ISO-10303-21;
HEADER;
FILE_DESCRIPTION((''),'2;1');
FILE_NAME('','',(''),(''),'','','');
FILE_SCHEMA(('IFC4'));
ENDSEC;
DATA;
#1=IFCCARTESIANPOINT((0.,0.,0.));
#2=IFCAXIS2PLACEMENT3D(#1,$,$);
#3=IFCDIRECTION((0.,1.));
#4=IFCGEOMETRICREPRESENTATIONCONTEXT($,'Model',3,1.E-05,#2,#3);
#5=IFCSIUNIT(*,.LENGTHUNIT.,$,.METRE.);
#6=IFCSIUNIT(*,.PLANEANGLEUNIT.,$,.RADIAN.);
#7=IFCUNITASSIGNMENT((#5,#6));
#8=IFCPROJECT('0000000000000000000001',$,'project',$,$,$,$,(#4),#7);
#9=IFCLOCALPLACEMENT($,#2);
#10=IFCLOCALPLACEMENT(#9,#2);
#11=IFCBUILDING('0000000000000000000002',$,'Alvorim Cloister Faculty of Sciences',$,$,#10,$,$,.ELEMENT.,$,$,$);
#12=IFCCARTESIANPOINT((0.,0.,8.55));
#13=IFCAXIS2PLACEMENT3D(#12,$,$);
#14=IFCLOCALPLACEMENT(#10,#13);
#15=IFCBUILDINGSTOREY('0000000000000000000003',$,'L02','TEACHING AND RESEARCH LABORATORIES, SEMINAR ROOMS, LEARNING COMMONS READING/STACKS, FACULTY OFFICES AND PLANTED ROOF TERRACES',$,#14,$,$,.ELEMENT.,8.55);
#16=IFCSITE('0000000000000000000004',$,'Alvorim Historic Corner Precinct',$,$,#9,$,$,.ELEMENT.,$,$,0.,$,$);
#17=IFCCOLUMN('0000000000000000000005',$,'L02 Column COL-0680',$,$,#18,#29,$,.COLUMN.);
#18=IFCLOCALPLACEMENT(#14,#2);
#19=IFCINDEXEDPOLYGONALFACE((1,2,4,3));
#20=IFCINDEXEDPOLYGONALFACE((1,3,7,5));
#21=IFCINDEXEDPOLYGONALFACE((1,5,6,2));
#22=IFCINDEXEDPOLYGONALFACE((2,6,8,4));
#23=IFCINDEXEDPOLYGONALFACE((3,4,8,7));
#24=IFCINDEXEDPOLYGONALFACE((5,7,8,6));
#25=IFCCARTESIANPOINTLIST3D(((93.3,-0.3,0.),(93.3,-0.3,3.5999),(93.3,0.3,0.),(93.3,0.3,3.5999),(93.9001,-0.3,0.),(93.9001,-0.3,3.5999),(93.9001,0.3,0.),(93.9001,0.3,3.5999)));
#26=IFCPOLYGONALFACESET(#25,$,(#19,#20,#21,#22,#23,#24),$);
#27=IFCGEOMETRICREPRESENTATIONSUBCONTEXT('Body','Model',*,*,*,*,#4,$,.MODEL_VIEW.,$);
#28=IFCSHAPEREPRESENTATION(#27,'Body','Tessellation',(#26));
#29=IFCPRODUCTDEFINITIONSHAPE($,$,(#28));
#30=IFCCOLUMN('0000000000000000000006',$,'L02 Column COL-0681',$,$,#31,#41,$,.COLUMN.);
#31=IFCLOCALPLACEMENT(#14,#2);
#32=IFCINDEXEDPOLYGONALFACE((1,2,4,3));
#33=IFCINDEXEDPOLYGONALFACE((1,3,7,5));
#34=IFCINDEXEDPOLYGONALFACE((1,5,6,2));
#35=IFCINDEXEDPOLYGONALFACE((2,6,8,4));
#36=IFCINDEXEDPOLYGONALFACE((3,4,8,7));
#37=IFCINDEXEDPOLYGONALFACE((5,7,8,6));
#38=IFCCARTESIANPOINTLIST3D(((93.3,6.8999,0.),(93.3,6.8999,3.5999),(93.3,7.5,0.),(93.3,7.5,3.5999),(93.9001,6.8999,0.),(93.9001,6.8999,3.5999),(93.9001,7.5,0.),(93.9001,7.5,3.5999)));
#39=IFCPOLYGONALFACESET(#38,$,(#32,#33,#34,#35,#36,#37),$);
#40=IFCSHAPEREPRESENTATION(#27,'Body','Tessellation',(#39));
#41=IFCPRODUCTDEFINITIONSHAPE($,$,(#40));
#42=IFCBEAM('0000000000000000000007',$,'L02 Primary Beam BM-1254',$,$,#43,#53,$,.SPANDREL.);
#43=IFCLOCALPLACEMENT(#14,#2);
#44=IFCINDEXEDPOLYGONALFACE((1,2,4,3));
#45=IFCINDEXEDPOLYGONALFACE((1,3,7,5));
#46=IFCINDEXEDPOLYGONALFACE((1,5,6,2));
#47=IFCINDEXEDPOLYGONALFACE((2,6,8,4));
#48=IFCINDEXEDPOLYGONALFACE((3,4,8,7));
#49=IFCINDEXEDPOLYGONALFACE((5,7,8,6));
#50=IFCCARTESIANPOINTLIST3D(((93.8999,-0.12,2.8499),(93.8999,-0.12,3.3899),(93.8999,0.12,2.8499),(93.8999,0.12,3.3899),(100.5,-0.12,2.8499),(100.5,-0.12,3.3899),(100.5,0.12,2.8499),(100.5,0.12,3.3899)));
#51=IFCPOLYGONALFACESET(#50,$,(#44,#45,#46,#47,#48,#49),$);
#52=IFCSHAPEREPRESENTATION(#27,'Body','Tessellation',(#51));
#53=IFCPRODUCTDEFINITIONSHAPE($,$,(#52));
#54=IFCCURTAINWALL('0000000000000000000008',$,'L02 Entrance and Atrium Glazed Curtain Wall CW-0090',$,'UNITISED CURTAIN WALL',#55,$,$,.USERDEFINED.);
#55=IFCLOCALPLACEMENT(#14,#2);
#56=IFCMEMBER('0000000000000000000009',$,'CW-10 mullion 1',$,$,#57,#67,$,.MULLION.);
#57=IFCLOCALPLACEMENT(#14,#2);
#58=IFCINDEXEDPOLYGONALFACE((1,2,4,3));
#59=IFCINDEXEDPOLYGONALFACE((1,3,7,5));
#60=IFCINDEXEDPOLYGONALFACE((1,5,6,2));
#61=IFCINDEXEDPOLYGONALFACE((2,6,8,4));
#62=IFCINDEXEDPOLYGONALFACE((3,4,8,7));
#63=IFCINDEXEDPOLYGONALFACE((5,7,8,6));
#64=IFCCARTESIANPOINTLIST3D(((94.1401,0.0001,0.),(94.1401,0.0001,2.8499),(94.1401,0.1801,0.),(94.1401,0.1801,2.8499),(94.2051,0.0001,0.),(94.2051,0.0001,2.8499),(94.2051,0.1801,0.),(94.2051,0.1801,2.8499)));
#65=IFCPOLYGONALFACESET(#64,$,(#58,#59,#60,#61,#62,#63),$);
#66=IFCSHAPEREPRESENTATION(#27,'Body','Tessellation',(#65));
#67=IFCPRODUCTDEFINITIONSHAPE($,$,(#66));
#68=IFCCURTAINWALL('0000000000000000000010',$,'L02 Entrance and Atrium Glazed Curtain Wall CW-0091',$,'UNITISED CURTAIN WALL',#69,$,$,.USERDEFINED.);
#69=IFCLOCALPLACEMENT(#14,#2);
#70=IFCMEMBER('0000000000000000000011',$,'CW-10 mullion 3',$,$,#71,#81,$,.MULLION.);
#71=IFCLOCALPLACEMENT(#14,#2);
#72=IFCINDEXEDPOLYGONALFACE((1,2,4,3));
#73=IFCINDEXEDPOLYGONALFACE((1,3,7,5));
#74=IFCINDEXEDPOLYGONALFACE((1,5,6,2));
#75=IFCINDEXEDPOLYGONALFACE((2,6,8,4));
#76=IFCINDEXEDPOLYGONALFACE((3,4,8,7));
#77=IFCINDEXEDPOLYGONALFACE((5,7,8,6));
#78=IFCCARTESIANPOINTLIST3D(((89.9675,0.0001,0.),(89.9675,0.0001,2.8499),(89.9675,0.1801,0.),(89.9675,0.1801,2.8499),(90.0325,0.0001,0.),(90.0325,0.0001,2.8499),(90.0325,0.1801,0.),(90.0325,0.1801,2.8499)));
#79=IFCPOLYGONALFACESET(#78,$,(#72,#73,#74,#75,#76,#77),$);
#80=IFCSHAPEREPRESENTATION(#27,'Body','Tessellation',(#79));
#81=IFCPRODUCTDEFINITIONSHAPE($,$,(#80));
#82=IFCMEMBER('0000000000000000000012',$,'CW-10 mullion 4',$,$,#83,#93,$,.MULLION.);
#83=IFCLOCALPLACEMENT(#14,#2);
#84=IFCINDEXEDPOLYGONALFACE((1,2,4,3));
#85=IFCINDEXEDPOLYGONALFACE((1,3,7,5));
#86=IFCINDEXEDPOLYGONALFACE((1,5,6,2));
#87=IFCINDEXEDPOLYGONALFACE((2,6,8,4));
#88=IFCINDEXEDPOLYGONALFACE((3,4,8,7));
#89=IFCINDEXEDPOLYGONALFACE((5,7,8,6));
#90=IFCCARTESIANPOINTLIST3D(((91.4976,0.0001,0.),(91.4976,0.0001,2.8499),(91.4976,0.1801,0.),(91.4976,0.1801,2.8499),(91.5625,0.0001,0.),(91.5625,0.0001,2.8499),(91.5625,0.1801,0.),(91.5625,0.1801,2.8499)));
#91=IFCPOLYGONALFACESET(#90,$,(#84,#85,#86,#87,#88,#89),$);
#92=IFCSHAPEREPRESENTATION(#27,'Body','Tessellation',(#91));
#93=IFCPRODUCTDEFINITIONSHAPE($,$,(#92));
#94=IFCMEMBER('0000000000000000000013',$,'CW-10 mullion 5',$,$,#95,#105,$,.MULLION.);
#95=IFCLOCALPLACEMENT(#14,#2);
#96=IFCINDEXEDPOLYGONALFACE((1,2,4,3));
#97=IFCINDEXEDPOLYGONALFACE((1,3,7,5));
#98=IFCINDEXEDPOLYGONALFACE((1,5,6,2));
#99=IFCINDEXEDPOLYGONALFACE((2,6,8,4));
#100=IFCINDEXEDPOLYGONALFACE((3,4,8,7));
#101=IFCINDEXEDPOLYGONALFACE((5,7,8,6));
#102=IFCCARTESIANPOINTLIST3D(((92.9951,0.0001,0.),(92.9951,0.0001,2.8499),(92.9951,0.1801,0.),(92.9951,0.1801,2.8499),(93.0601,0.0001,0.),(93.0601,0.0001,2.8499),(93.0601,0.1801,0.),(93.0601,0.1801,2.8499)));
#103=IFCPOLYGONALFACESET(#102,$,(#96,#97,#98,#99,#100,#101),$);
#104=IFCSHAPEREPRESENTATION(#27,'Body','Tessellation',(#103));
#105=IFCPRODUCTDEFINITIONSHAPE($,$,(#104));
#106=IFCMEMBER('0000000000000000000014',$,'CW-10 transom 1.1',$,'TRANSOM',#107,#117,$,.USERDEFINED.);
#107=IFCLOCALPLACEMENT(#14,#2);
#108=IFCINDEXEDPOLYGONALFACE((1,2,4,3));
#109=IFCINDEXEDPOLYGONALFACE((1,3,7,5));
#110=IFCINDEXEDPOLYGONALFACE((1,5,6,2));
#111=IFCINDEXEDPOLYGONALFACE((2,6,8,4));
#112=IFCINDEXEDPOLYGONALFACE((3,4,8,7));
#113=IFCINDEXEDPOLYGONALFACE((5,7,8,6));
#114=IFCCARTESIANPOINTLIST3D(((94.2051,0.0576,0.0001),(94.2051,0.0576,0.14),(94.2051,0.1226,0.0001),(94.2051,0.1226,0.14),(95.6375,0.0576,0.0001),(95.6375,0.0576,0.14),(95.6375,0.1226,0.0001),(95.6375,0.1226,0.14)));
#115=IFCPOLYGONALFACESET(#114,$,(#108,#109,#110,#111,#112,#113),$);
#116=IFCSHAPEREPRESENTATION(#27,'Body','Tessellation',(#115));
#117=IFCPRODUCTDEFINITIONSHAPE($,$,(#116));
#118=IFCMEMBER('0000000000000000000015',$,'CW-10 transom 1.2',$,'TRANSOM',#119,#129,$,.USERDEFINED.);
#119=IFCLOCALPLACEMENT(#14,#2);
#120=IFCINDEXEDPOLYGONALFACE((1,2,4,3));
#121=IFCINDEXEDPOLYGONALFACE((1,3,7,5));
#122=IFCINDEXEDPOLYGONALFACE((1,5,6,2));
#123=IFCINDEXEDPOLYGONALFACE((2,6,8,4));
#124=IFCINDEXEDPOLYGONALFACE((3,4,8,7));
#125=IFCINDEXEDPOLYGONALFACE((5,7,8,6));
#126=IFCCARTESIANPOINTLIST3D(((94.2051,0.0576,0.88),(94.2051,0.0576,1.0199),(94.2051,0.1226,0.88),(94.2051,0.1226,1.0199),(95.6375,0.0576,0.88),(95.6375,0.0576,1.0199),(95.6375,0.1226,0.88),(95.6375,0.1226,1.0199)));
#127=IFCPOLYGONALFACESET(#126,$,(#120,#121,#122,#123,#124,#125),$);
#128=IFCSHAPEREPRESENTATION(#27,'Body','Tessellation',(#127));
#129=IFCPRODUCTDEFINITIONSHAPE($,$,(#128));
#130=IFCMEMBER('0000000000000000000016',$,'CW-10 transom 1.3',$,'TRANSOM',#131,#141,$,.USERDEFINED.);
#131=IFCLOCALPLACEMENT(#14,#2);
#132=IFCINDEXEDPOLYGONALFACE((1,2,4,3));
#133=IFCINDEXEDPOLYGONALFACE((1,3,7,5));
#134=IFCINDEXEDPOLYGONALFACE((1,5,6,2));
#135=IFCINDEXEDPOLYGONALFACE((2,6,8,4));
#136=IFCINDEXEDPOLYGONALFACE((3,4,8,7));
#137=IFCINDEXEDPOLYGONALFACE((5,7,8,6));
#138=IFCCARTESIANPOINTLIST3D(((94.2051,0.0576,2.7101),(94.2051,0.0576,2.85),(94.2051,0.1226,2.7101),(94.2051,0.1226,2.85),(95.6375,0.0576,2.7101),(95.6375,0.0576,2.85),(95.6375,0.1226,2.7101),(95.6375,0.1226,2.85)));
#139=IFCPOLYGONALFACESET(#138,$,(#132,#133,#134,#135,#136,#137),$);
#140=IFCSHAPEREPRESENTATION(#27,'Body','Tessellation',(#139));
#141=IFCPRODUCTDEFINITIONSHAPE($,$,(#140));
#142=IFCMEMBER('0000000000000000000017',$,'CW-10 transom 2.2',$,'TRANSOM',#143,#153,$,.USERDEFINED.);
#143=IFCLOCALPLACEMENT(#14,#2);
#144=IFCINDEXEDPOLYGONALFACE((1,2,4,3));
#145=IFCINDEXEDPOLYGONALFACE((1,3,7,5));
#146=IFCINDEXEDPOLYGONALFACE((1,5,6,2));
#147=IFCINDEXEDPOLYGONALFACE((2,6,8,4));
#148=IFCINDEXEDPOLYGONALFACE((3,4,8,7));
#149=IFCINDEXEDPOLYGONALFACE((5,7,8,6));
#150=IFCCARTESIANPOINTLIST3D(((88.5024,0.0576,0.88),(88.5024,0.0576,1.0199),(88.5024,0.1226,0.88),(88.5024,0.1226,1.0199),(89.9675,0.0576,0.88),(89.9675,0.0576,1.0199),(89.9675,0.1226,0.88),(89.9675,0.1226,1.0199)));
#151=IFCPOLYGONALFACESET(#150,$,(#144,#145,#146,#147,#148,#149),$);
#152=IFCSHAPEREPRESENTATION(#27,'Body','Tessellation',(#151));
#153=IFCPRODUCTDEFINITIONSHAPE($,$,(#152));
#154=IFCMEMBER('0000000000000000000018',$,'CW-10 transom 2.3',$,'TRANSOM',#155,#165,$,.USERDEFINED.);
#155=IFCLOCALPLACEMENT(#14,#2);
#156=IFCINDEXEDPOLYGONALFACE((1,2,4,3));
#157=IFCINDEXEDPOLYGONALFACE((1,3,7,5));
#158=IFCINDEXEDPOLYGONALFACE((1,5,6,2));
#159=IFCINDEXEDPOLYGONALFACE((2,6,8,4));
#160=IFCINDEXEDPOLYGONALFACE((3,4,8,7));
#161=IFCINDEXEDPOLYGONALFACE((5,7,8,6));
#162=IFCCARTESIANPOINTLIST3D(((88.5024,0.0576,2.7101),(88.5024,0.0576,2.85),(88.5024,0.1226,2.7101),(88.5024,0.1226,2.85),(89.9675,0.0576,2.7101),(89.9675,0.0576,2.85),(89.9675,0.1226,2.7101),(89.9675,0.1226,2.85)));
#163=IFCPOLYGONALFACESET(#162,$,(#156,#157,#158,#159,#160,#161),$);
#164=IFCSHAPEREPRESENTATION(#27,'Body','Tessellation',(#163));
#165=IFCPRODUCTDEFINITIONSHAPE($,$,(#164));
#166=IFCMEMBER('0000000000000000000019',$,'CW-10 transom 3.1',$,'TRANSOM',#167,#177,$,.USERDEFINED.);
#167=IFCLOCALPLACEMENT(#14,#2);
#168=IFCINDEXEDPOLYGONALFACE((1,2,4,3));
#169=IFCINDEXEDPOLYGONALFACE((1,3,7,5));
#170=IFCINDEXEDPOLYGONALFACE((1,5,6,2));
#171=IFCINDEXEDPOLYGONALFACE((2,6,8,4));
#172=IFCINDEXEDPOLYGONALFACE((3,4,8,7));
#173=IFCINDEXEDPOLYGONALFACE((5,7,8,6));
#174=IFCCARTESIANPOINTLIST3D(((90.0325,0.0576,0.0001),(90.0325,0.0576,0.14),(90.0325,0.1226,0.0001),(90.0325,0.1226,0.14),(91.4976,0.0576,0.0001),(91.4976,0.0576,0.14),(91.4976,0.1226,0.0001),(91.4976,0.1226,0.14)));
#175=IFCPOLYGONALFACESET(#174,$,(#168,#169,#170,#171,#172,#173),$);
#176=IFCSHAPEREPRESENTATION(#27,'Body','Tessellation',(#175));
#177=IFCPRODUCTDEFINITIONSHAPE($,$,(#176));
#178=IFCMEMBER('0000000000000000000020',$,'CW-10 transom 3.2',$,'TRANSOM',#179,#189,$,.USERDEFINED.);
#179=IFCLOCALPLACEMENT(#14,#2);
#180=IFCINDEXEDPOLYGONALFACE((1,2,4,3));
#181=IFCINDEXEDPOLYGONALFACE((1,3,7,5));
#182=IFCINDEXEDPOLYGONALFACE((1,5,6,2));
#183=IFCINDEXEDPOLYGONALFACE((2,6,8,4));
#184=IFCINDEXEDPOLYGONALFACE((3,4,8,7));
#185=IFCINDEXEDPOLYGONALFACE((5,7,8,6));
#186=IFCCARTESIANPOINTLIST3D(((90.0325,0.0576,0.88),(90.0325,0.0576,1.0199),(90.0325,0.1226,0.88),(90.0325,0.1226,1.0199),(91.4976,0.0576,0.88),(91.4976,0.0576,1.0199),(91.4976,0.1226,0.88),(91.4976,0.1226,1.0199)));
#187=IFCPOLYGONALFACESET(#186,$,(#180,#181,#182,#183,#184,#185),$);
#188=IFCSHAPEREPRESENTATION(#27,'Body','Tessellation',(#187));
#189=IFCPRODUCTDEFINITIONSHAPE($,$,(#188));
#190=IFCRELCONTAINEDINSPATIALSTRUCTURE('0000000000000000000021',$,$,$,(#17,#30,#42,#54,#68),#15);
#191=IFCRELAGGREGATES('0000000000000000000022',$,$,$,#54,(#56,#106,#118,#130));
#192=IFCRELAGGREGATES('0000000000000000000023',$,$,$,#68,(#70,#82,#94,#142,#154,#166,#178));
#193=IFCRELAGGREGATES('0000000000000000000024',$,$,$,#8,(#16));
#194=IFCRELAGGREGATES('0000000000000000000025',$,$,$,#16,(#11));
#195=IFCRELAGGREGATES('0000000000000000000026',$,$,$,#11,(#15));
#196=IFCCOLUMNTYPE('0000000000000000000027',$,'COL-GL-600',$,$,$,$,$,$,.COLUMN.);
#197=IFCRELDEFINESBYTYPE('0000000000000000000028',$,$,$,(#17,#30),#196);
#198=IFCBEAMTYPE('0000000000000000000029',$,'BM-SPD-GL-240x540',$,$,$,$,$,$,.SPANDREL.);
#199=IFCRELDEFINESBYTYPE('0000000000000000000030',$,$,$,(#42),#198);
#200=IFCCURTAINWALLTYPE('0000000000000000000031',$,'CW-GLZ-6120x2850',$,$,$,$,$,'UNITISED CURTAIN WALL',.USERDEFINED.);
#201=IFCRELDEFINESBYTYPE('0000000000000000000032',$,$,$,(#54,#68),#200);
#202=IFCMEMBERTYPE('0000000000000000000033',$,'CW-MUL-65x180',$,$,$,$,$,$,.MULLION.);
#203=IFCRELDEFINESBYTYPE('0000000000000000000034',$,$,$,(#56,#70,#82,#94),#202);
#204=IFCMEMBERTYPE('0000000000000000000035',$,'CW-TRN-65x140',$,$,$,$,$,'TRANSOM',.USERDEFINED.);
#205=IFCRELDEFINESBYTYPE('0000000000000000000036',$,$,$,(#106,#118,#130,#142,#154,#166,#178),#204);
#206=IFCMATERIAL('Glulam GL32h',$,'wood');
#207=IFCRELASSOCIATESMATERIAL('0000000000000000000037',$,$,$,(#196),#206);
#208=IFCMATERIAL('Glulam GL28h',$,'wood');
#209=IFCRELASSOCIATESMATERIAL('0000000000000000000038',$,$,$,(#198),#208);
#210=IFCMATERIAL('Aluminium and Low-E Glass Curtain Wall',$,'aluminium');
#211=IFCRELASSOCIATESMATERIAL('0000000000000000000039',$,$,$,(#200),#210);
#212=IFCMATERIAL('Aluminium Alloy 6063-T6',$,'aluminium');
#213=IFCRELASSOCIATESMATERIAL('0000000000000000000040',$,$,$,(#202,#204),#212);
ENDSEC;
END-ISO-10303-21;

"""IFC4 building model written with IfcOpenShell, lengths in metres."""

from ifc_helpers import new_model, si_unit, direction, frame, origin, origin_2d, place, context, subcontext, project, spatial, rectangle, extrude, material, material_profile, profile_set, type_object, element, aggregate, save


model = new_model("IFC4")

# Units and contexts
model_context = context("Model", 3, precision=1e-05, world=origin(), true_north=direction((0.0, 1.0)))
body_context = subcontext(model_context, "Body", "Model", "MODEL_VIEW")
ifc_project = project(units=[si_unit("LENGTHUNIT", "METRE"), si_unit("PLANEANGLEUNIT", "RADIAN")], contexts=[model_context])

# Site, building, storey
site_placement = place(None, origin())
site = spatial("IfcSite", under=ifc_project, at=site_placement, Name="Alvorim Historic Corner Precinct", CompositionType="ELEMENT", RefElevation=0.0)
building_placement = place(site_placement, origin())
building = spatial("IfcBuilding", under=site, at=building_placement, Name="Alvorim Cloister Faculty of Sciences", CompositionType="ELEMENT")
storey_placement = place(building_placement, frame((0.0, 0.0, 8.55)))
storey = spatial("IfcBuildingStorey", under=building, at=storey_placement, Name="L02", Description="TEACHING AND RESEARCH LABORATORIES, SEMINAR ROOMS, LEARNING COMMONS READING/STACKS, FACULTY OFFICES AND PLANTED ROOF TERRACES", CompositionType="ELEMENT", Elevation=8.55)

# Columns
ifc_material_1 = material(Name="Glulam GL32h", Category="wood")
ifc_material_profile_1 = material_profile(ifc_material_1, rectangle(XDim=0.6001, YDim=0.6001, at=origin_2d()), Name="GL32-COL-600x600")
ifc_profile_set_1 = profile_set([ifc_material_profile_1], Name="Glulam GL32h")
column_type = type_object("IfcColumnType", Name="COL-GL-600", PredefinedType="COLUMN", material=ifc_profile_set_1)
for number, where, z_axis, x_axis, name in (
    (1, (93.6001, 0.0, 0.0), (0.0, 0.0, 1.0), (1.0, 0.0, 0.0), "L02 Column COL-0680"),
    (2, (93.6001, 7.2, 0.0), (0.0, 0.0, 1.0), (1.0, 0.0, 0.0), "L02 Column COL-0681"),
):
    element("IfcColumn", number, at=place(storey_placement, frame(where, z_axis=z_axis, x_axis=x_axis)), inside=storey, type_object=column_type, Name=name, PredefinedType="COLUMN", context=body_context, shape_type="SweptSolid", body=[
        extrude(rectangle(XDim=0.6001, YDim=0.6001, at=origin_2d()), origin(), (0.0, 0.0, 1.0), 3.5999),
    ])

# Beam
ifc_material_2 = material(Name="Glulam GL28h", Category="wood")
ifc_material_profile_2 = material_profile(ifc_material_2, rectangle(XDim=0.24, YDim=0.54, at=origin_2d()), Name="GL28-SPD-240x540")
ifc_profile_set_2 = profile_set([ifc_material_profile_2], Name="Glulam GL28h")
beam_type = type_object("IfcBeamType", Name="BM-SPD-GL-240x540", PredefinedType="SPANDREL", material=ifc_profile_set_2)
beam_placement = place(storey_placement, frame((93.8999, 0.0, 3.1199), z_axis=(1.0, 0.0, 0.0), x_axis=(0.0, 1.0, 0.0)))
element("IfcBeam", 3, at=beam_placement, inside=storey, type_object=beam_type, Name="L02 Primary Beam BM-1254", PredefinedType="SPANDREL", context=body_context, shape_type="SweptSolid", body=[
    extrude(rectangle(XDim=0.24, YDim=0.54, at=origin_2d()), origin(), (0.0, 0.0, 1.0), 6.6001),
])

# Curtain wall, member
ifc_material_3 = material(Name="Aluminium and Low-E Glass Curtain Wall", Category="aluminium")
curtain_wall_type = type_object("IfcCurtainWallType", Name="CW-GLZ-6120x2850", ElementType="UNITISED CURTAIN WALL", PredefinedType="USERDEFINED", material=ifc_material_3)
curtain_wall_1_placement = place(storey_placement, origin())
curtain_wall_1 = element("IfcCurtainWall", 4, at=curtain_wall_1_placement, inside=storey, type_object=curtain_wall_type, Name="L02 Entrance and Atrium Glazed Curtain Wall CW-0090", ObjectType="UNITISED CURTAIN WALL", PredefinedType="USERDEFINED")
ifc_material_4 = material(Name="Aluminium Alloy 6063-T6", Category="aluminium")
ifc_material_profile_3 = material_profile(ifc_material_4, rectangle(XDim=0.0649, YDim=0.1799, at=origin_2d()), Name="ALU-MUL-65x180")
ifc_profile_set_3 = profile_set([ifc_material_profile_3], Name="Aluminium Alloy 6063-T6")
member_type_1 = type_object("IfcMemberType", Name="CW-MUL-65x180", PredefinedType="MULLION", material=ifc_profile_set_3)
member_1_placement = place(storey_placement, frame((94.1726, 0.0901, 0.0), z_axis=(0.0, 0.0, 1.0), x_axis=(1.0, 0.0, 0.0)))
member_1 = element("IfcMember", 5, at=member_1_placement, type_object=member_type_1, Name="CW-10 mullion 1", PredefinedType="MULLION", context=body_context, shape_type="SweptSolid", body=[
    extrude(rectangle(XDim=0.0649, YDim=0.1799, at=origin_2d()), origin(), (0.0, 0.0, 1.0), 2.8499),
])

# Curtain wall, members
curtain_wall_2_placement = place(storey_placement, origin())
curtain_wall_2 = element("IfcCurtainWall", 6, at=curtain_wall_2_placement, inside=storey, type_object=curtain_wall_type, Name="L02 Entrance and Atrium Glazed Curtain Wall CW-0091", ObjectType="UNITISED CURTAIN WALL", PredefinedType="USERDEFINED")
member_2_placement = place(storey_placement, frame((90.0, 0.0901, 0.0), z_axis=(0.0, 0.0, 1.0), x_axis=(1.0, 0.0, 0.0)))
member_2 = element("IfcMember", 7, at=member_2_placement, type_object=member_type_1, Name="CW-10 mullion 3", PredefinedType="MULLION", context=body_context, shape_type="SweptSolid", body=[
    extrude(rectangle(XDim=0.0649, YDim=0.1799, at=origin_2d()), origin(), (0.0, 0.0, 1.0), 2.8499),
])
member_3_placement = place(storey_placement, frame((91.53, 0.0901, 0.0), z_axis=(0.0, 0.0, 1.0), x_axis=(1.0, 0.0, 0.0)))
member_3 = element("IfcMember", 8, at=member_3_placement, type_object=member_type_1, Name="CW-10 mullion 4", PredefinedType="MULLION", context=body_context, shape_type="SweptSolid", body=[
    extrude(rectangle(XDim=0.0649, YDim=0.1799, at=origin_2d()), origin(), (0.0, 0.0, 1.0), 2.8499),
])
member_4_placement = place(storey_placement, frame((93.0276, 0.0901, 0.0), z_axis=(0.0, 0.0, 1.0), x_axis=(1.0, 0.0, 0.0)))
member_4 = element("IfcMember", 9, at=member_4_placement, type_object=member_type_1, Name="CW-10 mullion 5", PredefinedType="MULLION", context=body_context, shape_type="SweptSolid", body=[
    extrude(rectangle(XDim=0.0649, YDim=0.1799, at=origin_2d()), origin(), (0.0, 0.0, 1.0), 2.8499),
])

# Members
ifc_material_profile_4 = material_profile(ifc_material_4, rectangle(XDim=0.0649, YDim=0.1399, at=origin_2d()), Name="ALU-TRN-65x140")
ifc_profile_set_4 = profile_set([ifc_material_profile_4], Name="Aluminium Alloy 6063-T6")
member_type_2 = type_object("IfcMemberType", Name="CW-TRN-65x140", ElementType="TRANSOM", PredefinedType="USERDEFINED", material=ifc_profile_set_4)
member_5_placement = place(storey_placement, frame((94.2051, 0.0901, 0.0701), z_axis=(1.0, 0.0, 0.0), x_axis=(0.0, 1.0, 0.0)))
member_5 = element("IfcMember", 10, at=member_5_placement, type_object=member_type_2, Name="CW-10 transom 1.1", ObjectType="TRANSOM", PredefinedType="USERDEFINED", context=body_context, shape_type="SweptSolid", body=[
    extrude(rectangle(XDim=0.0649, YDim=0.1399, at=origin_2d()), origin(), (0.0, 0.0, 1.0), 1.4324),
])
member_6_placement = place(storey_placement, frame((94.2051, 0.0901, 0.95), z_axis=(1.0, 0.0, 0.0), x_axis=(0.0, 1.0, 0.0)))
member_6 = element("IfcMember", 11, at=member_6_placement, type_object=member_type_2, Name="CW-10 transom 1.2", ObjectType="TRANSOM", PredefinedType="USERDEFINED", context=body_context, shape_type="SweptSolid", body=[
    extrude(rectangle(XDim=0.0649, YDim=0.1399, at=origin_2d()), origin(), (0.0, 0.0, 1.0), 1.4324),
])
member_7_placement = place(storey_placement, frame((94.2051, 0.0901, 2.78), z_axis=(1.0, 0.0, 0.0), x_axis=(0.0, 1.0, 0.0)))
member_7 = element("IfcMember", 12, at=member_7_placement, type_object=member_type_2, Name="CW-10 transom 1.3", ObjectType="TRANSOM", PredefinedType="USERDEFINED", context=body_context, shape_type="SweptSolid", body=[
    extrude(rectangle(XDim=0.0649, YDim=0.1399, at=origin_2d()), origin(), (0.0, 0.0, 1.0), 1.4324),
])
aggregate(curtain_wall_1, [member_1, member_5, member_6, member_7])
member_8_placement = place(storey_placement, frame((88.5024, 0.0901, 0.95), z_axis=(1.0, 0.0, 0.0), x_axis=(0.0, 1.0, 0.0)))
member_8 = element("IfcMember", 13, at=member_8_placement, type_object=member_type_2, Name="CW-10 transom 2.2", ObjectType="TRANSOM", PredefinedType="USERDEFINED", context=body_context, shape_type="SweptSolid", body=[
    extrude(rectangle(XDim=0.0649, YDim=0.1399, at=origin_2d()), origin(), (0.0, 0.0, 1.0), 1.4651),
])
member_9_placement = place(storey_placement, frame((88.5024, 0.0901, 2.78), z_axis=(1.0, 0.0, 0.0), x_axis=(0.0, 1.0, 0.0)))
member_9 = element("IfcMember", 14, at=member_9_placement, type_object=member_type_2, Name="CW-10 transom 2.3", ObjectType="TRANSOM", PredefinedType="USERDEFINED", context=body_context, shape_type="SweptSolid", body=[
    extrude(rectangle(XDim=0.0649, YDim=0.1399, at=origin_2d()), origin(), (0.0, 0.0, 1.0), 1.4651),
])
member_10_placement = place(storey_placement, frame((90.0325, 0.0901, 0.0701), z_axis=(1.0, 0.0, 0.0), x_axis=(0.0, 1.0, 0.0)))
member_10 = element("IfcMember", 15, at=member_10_placement, type_object=member_type_2, Name="CW-10 transom 3.1", ObjectType="TRANSOM", PredefinedType="USERDEFINED", context=body_context, shape_type="SweptSolid", body=[
    extrude(rectangle(XDim=0.0649, YDim=0.1399, at=origin_2d()), origin(), (0.0, 0.0, 1.0), 1.4651),
])
member_11_placement = place(storey_placement, frame((90.0325, 0.0901, 0.95), z_axis=(1.0, 0.0, 0.0), x_axis=(0.0, 1.0, 0.0)))
member_11 = element("IfcMember", 16, at=member_11_placement, type_object=member_type_2, Name="CW-10 transom 3.2", ObjectType="TRANSOM", PredefinedType="USERDEFINED", context=body_context, shape_type="SweptSolid", body=[
    extrude(rectangle(XDim=0.0649, YDim=0.1399, at=origin_2d()), origin(), (0.0, 0.0, 1.0), 1.4651),
])

aggregate(curtain_wall_2, [member_2, member_3, member_4, member_8, member_9, member_10, member_11])

save(model, "model.ifc")
